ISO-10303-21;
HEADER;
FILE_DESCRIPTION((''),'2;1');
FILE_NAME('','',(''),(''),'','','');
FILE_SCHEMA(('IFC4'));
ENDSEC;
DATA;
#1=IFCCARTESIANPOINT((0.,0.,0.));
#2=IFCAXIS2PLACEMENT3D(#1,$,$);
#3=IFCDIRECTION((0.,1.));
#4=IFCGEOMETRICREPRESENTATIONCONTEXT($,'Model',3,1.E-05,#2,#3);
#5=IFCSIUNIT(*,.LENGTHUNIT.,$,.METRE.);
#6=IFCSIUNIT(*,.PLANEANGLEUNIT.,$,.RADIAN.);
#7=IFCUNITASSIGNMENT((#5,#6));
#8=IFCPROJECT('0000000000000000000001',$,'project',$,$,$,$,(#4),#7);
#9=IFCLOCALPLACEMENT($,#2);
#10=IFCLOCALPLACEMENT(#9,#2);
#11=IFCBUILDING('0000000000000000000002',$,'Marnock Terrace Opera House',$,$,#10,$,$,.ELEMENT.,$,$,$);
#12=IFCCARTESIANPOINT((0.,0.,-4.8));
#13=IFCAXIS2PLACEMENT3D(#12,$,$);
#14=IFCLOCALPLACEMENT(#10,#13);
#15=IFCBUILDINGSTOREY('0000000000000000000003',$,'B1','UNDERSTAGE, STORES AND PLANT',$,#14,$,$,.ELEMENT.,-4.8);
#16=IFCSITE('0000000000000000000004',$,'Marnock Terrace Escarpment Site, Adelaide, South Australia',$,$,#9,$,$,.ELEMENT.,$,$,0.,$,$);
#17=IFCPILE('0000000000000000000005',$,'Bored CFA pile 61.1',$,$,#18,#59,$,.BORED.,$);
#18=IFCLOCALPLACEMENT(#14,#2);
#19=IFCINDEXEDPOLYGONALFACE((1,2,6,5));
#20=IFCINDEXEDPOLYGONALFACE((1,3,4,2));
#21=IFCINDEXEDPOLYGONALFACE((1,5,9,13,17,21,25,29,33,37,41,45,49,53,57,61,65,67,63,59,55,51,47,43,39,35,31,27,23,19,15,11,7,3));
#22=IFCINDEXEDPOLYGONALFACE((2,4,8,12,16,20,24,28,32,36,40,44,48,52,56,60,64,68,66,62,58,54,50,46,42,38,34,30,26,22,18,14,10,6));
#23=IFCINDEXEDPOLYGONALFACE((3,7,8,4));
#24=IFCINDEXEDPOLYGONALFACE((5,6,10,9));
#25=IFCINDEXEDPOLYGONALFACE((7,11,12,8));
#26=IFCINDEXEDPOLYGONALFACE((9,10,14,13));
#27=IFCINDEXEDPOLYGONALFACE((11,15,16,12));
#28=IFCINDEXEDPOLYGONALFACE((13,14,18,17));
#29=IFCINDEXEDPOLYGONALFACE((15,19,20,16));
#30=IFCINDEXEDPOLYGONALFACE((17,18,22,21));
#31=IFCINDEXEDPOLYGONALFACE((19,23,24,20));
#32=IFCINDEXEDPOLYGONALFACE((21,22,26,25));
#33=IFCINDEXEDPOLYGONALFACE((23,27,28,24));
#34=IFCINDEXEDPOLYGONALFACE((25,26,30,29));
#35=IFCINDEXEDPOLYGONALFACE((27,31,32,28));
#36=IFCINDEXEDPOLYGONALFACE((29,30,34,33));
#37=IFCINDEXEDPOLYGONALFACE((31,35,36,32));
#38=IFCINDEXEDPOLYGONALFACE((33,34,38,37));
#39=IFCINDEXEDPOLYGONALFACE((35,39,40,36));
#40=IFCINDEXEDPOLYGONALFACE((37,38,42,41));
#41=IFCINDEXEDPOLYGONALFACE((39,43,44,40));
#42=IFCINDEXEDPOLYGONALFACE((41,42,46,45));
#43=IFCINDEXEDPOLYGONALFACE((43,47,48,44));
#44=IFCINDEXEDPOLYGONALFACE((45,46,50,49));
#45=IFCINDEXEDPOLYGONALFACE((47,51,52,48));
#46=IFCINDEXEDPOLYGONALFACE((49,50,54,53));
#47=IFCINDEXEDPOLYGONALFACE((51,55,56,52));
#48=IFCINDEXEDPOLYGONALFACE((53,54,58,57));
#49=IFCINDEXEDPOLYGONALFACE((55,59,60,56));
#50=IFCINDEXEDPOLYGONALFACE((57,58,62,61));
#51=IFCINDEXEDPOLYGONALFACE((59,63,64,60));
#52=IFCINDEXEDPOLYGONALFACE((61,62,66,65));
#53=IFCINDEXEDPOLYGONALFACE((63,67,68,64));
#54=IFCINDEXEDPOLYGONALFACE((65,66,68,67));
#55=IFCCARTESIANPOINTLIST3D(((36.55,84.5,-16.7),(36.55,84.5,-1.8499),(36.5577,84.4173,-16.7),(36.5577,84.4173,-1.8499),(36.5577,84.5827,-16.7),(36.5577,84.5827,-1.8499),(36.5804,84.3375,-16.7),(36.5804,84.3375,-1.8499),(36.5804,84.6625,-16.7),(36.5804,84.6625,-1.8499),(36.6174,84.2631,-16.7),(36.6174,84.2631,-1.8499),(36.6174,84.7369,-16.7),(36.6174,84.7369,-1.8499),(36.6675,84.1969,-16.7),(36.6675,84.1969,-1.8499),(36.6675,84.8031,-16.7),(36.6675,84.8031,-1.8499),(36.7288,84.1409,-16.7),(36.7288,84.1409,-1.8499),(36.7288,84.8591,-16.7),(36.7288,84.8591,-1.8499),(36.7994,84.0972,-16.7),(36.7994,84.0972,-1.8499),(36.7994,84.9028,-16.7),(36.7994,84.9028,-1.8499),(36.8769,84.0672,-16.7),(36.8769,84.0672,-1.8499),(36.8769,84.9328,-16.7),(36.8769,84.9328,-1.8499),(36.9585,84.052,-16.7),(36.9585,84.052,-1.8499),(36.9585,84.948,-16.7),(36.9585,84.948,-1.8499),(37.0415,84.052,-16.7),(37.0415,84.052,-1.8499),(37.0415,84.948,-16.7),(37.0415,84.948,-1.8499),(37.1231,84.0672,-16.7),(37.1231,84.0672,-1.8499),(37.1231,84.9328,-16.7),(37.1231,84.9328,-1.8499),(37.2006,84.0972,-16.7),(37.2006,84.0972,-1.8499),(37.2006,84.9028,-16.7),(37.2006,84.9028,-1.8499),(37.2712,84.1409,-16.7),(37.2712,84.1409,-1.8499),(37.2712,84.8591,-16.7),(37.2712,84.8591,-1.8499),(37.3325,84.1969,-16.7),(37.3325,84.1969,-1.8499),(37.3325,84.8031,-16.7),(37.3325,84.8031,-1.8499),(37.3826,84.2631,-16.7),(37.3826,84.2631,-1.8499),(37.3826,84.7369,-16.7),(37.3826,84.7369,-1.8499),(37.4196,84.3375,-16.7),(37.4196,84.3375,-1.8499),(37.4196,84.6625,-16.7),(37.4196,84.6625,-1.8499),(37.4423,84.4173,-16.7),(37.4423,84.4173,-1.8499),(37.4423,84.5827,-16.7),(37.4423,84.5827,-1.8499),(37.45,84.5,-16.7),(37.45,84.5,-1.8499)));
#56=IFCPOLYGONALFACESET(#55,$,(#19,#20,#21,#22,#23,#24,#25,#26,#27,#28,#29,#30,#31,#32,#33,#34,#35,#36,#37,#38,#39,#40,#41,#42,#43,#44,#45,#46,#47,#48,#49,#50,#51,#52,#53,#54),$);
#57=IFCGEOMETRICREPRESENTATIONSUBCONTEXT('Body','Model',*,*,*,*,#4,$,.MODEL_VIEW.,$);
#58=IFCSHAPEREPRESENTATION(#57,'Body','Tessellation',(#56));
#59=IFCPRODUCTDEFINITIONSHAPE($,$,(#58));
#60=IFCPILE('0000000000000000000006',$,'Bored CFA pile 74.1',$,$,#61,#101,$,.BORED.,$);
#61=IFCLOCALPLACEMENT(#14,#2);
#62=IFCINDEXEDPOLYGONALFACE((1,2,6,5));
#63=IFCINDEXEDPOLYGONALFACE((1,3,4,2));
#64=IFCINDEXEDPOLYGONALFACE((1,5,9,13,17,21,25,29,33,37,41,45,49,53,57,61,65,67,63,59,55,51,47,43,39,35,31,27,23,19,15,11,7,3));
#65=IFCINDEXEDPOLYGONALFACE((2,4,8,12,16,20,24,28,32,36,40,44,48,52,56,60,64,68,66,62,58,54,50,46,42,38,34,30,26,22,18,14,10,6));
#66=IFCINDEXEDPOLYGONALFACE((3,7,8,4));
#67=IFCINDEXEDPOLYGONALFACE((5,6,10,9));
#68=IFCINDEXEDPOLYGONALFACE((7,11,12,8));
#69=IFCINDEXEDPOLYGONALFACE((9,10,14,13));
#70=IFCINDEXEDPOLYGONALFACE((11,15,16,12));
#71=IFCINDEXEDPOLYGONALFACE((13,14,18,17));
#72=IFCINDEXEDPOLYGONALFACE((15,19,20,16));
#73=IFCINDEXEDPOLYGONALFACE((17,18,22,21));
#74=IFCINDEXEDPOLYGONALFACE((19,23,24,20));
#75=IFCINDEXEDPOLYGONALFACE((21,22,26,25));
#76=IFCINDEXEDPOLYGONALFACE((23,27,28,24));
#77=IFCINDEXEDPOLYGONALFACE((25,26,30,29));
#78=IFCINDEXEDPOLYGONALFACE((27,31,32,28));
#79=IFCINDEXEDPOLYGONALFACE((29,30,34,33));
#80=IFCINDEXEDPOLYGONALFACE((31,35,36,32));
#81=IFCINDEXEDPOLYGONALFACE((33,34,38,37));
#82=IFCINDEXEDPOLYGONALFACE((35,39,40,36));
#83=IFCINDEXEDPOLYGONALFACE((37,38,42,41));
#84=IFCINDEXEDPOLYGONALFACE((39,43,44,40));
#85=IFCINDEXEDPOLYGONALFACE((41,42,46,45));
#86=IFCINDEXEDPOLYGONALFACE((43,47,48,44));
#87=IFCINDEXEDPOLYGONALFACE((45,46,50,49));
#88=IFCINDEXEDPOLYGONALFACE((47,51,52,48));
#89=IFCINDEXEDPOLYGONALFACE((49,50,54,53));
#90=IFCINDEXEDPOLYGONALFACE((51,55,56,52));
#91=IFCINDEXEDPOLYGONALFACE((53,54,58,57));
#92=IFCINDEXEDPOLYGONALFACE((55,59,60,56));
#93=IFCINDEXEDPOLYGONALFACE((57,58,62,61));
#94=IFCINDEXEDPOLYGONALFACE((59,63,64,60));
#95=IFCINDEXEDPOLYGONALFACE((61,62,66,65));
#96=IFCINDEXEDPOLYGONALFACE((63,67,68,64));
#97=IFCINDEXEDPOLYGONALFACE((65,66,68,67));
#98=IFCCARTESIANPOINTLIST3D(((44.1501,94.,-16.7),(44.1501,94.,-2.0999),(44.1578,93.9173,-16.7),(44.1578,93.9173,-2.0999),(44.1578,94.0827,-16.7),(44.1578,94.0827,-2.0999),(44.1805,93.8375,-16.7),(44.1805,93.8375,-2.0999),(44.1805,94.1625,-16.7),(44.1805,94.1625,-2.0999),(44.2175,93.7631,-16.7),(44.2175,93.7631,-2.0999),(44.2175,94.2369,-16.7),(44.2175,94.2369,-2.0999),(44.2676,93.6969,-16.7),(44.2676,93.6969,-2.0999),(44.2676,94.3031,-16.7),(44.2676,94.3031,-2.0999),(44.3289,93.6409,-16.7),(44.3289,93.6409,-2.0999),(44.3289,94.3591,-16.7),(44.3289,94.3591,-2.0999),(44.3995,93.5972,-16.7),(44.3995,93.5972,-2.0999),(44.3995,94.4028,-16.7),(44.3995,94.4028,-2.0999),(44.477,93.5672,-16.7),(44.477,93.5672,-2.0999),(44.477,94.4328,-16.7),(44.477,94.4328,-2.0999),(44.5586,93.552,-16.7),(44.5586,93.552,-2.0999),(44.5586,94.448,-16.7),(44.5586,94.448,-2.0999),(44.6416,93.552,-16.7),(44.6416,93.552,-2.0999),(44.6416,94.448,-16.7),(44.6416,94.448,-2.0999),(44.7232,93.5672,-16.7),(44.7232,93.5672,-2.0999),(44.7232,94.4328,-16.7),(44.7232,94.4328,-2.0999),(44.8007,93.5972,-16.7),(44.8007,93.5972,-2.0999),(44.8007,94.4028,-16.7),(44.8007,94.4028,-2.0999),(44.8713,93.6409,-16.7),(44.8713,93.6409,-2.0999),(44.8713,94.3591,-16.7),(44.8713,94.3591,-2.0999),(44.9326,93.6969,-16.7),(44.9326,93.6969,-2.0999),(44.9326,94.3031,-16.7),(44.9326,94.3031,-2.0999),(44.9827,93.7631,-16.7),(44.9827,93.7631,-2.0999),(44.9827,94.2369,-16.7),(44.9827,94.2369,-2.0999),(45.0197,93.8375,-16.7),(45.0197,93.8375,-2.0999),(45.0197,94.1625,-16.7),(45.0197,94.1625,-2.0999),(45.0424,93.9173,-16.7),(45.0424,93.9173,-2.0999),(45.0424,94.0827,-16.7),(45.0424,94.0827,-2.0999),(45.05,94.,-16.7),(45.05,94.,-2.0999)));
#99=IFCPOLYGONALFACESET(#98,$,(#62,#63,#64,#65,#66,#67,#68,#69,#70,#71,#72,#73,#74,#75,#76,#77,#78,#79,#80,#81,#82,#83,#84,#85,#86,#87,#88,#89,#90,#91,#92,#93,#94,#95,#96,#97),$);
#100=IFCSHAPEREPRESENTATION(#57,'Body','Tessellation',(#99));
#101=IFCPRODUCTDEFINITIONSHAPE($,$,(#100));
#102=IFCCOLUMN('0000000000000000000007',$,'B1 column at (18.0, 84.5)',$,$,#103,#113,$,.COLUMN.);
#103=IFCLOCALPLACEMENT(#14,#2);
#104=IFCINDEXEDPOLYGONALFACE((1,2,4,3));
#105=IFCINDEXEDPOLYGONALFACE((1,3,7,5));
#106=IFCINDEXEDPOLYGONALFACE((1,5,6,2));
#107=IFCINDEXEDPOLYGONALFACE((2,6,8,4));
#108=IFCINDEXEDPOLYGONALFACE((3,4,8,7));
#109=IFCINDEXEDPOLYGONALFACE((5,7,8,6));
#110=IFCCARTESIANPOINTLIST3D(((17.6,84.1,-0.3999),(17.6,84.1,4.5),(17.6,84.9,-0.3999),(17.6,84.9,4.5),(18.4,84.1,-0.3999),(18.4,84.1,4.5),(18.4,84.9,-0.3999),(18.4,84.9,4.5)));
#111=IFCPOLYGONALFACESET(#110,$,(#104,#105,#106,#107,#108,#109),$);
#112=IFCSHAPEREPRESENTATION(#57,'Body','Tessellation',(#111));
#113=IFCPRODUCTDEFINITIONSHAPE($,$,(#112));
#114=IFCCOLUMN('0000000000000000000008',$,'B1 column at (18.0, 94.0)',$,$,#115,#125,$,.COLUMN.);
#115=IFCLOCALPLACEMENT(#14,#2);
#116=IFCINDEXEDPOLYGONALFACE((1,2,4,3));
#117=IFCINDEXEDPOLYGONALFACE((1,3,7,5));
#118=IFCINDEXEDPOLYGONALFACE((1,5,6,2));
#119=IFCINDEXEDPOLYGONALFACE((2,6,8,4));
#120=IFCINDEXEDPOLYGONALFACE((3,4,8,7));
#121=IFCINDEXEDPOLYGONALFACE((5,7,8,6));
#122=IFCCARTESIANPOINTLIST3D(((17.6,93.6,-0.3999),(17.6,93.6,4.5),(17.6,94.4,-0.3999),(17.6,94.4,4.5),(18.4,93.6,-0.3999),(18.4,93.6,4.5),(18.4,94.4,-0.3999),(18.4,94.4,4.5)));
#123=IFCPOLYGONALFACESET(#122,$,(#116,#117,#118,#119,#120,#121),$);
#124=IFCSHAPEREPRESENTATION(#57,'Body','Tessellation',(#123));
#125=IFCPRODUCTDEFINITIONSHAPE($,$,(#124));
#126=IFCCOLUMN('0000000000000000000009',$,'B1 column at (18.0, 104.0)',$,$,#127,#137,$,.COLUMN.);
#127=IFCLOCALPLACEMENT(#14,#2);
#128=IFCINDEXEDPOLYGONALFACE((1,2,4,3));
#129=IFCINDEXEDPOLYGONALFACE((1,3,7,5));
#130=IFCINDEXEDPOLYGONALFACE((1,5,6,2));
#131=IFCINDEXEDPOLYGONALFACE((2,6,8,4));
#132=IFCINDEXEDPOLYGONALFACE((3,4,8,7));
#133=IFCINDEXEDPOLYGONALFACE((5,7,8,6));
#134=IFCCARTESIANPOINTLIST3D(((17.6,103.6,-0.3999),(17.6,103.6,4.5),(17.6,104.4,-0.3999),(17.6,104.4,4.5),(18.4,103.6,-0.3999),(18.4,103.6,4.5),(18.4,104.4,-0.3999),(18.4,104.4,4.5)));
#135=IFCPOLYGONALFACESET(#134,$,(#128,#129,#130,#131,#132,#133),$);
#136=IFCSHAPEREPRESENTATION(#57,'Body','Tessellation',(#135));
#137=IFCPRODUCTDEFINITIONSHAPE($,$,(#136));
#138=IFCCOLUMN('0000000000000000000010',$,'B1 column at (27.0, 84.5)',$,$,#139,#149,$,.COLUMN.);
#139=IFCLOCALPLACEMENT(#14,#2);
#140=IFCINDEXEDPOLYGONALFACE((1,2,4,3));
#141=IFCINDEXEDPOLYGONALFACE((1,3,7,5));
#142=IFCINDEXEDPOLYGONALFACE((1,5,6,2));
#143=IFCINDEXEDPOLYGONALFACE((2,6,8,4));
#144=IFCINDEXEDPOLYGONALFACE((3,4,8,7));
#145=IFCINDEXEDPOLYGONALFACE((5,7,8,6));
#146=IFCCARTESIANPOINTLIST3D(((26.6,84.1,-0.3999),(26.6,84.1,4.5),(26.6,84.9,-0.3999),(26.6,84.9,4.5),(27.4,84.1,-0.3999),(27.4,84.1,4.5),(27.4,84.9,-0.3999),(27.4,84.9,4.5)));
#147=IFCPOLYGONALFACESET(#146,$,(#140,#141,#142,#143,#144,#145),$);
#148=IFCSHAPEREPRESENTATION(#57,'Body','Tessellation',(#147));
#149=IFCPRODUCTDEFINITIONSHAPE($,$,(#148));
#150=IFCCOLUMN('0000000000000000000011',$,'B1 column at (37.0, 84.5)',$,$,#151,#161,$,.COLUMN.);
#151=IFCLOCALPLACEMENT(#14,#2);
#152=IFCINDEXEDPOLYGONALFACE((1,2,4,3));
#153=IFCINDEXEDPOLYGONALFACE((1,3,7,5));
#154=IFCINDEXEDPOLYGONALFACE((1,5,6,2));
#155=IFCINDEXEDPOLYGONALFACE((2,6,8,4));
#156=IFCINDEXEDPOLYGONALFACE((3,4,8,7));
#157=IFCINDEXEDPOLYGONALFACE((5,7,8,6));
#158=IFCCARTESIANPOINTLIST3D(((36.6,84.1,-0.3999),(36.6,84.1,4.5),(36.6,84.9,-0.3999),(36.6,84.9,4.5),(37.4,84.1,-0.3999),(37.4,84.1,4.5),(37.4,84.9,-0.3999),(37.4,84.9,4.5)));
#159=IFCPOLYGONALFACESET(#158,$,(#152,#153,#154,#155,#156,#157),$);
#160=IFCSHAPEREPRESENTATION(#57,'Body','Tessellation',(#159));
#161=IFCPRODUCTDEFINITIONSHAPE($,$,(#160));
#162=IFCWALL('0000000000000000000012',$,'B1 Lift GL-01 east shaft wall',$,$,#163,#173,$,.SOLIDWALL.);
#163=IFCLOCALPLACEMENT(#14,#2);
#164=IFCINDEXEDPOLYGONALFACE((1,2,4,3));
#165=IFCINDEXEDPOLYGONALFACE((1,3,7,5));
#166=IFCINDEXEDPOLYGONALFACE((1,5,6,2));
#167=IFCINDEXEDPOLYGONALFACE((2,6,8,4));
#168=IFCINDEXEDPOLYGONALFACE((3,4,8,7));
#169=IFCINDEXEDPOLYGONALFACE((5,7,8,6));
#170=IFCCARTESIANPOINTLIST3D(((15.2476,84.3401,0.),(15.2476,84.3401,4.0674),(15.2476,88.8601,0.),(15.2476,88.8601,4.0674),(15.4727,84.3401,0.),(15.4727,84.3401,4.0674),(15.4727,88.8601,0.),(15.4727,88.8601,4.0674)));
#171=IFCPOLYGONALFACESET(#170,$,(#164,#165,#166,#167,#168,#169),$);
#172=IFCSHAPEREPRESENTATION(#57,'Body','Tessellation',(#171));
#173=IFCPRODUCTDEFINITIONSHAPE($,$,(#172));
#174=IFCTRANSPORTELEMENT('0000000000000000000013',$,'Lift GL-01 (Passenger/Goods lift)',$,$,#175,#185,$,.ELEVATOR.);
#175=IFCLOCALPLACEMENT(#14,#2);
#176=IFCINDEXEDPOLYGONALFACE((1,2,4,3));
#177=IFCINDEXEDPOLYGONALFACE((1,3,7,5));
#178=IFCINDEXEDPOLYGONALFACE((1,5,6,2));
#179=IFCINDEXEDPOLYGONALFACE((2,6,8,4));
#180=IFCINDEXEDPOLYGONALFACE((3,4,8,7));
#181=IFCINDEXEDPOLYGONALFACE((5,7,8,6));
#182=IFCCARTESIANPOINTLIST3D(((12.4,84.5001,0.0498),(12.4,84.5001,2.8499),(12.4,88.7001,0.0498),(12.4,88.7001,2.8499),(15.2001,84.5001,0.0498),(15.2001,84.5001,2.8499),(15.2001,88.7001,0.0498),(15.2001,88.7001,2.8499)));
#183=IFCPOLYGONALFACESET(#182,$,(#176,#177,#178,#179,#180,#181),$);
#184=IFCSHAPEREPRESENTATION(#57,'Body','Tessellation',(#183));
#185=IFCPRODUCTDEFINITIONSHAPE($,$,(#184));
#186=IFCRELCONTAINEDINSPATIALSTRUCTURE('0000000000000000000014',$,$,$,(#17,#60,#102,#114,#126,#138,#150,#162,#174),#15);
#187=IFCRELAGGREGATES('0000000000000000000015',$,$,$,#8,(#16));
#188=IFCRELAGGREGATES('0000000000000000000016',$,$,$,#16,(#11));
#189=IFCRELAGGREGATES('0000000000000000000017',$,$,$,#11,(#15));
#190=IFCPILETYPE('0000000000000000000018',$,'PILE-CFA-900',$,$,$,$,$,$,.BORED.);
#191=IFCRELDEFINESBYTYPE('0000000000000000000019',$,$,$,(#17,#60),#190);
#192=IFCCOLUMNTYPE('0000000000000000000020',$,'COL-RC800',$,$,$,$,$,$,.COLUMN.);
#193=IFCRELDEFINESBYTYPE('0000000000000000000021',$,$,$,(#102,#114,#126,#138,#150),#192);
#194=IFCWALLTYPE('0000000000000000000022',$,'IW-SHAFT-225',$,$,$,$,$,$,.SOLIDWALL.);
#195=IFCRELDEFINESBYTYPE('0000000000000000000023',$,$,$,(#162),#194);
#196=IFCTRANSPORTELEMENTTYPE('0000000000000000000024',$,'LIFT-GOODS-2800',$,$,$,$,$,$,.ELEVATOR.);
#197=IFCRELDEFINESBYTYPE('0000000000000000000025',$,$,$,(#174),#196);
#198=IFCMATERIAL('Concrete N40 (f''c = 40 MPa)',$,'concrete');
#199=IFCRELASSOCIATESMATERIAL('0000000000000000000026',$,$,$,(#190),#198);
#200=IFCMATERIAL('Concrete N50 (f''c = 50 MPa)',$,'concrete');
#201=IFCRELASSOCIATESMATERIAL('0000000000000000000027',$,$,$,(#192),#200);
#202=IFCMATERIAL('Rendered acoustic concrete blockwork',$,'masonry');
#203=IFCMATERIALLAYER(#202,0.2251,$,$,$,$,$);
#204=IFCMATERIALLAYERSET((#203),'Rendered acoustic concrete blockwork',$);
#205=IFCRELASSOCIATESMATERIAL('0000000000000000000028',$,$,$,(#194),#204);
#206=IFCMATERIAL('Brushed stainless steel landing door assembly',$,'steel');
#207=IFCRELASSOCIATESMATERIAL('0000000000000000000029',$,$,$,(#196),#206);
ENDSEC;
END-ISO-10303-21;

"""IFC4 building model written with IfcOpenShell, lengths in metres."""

from ifc_helpers import new_model, si_unit, direction, frame, frame_2d, origin, origin_2d, place, context, subcontext, project, spatial, rectangle, circle, extrude, material, layer, layer_set, material_profile, profile_set, type_object, element, save


model = new_model("IFC4")

# Units and contexts
model_context = context("Model", 3, precision=1e-05, world=origin(), true_north=direction((0.0, 1.0)))
body_context = subcontext(model_context, "Body", "Model", "MODEL_VIEW")
ifc_project = project(units=[si_unit("LENGTHUNIT", "METRE"), si_unit("PLANEANGLEUNIT", "RADIAN")], contexts=[model_context])

# Site, building, storey
site_placement = place(None, origin())
site = spatial("IfcSite", under=ifc_project, at=site_placement, Name="Marnock Terrace Escarpment Site, Adelaide, South Australia", CompositionType="ELEMENT", RefElevation=0.0)
building_placement = place(site_placement, origin())
building = spatial("IfcBuilding", under=site, at=building_placement, Name="Marnock Terrace Opera House", CompositionType="ELEMENT")
storey_placement = place(building_placement, frame((0.0, 0.0, -4.8)))
storey = spatial("IfcBuildingStorey", under=building, at=storey_placement, Name="B1", Description="UNDERSTAGE, STORES AND PLANT", CompositionType="ELEMENT", Elevation=-4.8)

# Shared definitions
ifc_material_1 = material(Name="Concrete N40 (f'c = 40 MPa)", Category="concrete")

# Piles
ifc_material_profile_1 = material_profile(ifc_material_1, circle(Radius=0.45, at=origin_2d()))
ifc_profile_set_1 = profile_set([ifc_material_profile_1], Name="Concrete N40 (f'c = 40 MPa)")
pile_type = type_object("IfcPileType", Name="PILE-CFA-900", PredefinedType="BORED", material=ifc_profile_set_1)
pile_1_placement = place(storey_placement, frame((37.0, 84.5, -1.8499), z_axis=(0.0, 0.0, -1.0), x_axis=(1.0, 0.0, 0.0)))
element("IfcPile", 1, at=pile_1_placement, inside=storey, type_object=pile_type, Name="Bored CFA pile 61.1", PredefinedType="BORED", context=body_context, shape_type="SweptSolid", body=[
    extrude(circle(Radius=0.45, at=origin_2d()), origin(), (0.0, 0.0, 1.0), 14.8501),
])
pile_2_placement = place(storey_placement, frame((44.6001, 94.0, -2.0999), z_axis=(0.0, 0.0, -1.0), x_axis=(1.0, 0.0, 0.0)))
element("IfcPile", 2, at=pile_2_placement, inside=storey, type_object=pile_type, Name="Bored CFA pile 74.1", PredefinedType="BORED", context=body_context, shape_type="SweptSolid", body=[
    extrude(circle(Radius=0.45, at=origin_2d()), origin(), (0.0, 0.0, 1.0), 14.6001),
])

# Columns
ifc_material_2 = material(Name="Concrete N50 (f'c = 50 MPa)", Category="concrete")
ifc_material_profile_2 = material_profile(ifc_material_2, rectangle(XDim=0.8, YDim=0.8, at=origin_2d()))
ifc_profile_set_2 = profile_set([ifc_material_profile_2], Name="Concrete N50 (f'c = 50 MPa)")
column_type = type_object("IfcColumnType", Name="COL-RC800", PredefinedType="COLUMN", material=ifc_profile_set_2)
for number, where, z_axis, x_axis, name in (
    (3, (18.0, 84.5, -0.3999), (0.0, 0.0, 1.0), (1.0, 0.0, 0.0), "B1 column at (18.0, 84.5)"),
    (4, (18.0, 94.0, -0.3999), (0.0, 0.0, 1.0), (1.0, 0.0, 0.0), "B1 column at (18.0, 94.0)"),
    (5, (18.0, 104.0, -0.3999), (0.0, 0.0, 1.0), (1.0, 0.0, 0.0), "B1 column at (18.0, 104.0)"),
    (6, (27.0, 84.5, -0.3999), (0.0, 0.0, 1.0), (1.0, 0.0, 0.0), "B1 column at (27.0, 84.5)"),
    (7, (37.0, 84.5, -0.3999), (0.0, 0.0, 1.0), (1.0, 0.0, 0.0), "B1 column at (37.0, 84.5)"),
):
    element("IfcColumn", number, at=place(storey_placement, frame(where, z_axis=z_axis, x_axis=x_axis)), inside=storey, type_object=column_type, Name=name, PredefinedType="COLUMN", context=body_context, shape_type="SweptSolid", body=[
        extrude(rectangle(XDim=0.8, YDim=0.8, at=origin_2d()), origin(), (0.0, 0.0, 1.0), 4.8999),
    ])

# Wall
ifc_material_3 = material(Name="Rendered acoustic concrete blockwork", Category="masonry")
ifc_layer_1 = layer(ifc_material_3, 0.2251)
ifc_layer_set_1 = layer_set([ifc_layer_1], Name="Rendered acoustic concrete blockwork")
wall_type = type_object("IfcWallType", Name="IW-SHAFT-225", PredefinedType="SOLIDWALL", material=ifc_layer_set_1)
wall_placement = place(storey_placement, frame((15.3601, 84.3401, 0.0), z_axis=(0.0, 0.0, 1.0), x_axis=(0.0, 1.0, 0.0)))
element("IfcWall", 8, at=wall_placement, inside=storey, type_object=wall_type, Name="B1 Lift GL-01 east shaft wall", PredefinedType="SOLIDWALL", context=body_context, shape_type="SweptSolid", body=[
    extrude(rectangle(XDim=4.52, YDim=0.2251, at=frame_2d((2.26, 0.0))), origin(), (0.0, 0.0, 1.0), 4.0674),
])

# Transport element
ifc_material_4 = material(Name="Brushed stainless steel landing door assembly", Category="steel")
transport_element_type = type_object("IfcTransportElementType", Name="LIFT-GOODS-2800", PredefinedType="ELEVATOR", material=ifc_material_4)
transport_element_placement = place(storey_placement, frame((13.8, 86.6001, 0.0498), z_axis=(0.0, 0.0, 1.0), x_axis=(1.0, 0.0, 0.0)))
element("IfcTransportElement", 9, at=transport_element_placement, inside=storey, type_object=transport_element_type, Name="Lift GL-01 (Passenger/Goods lift)", PredefinedType="ELEVATOR", context=body_context, shape_type="SweptSolid", body=[
    extrude(rectangle(XDim=2.8, YDim=4.2, at=origin_2d()), origin(), (0.0, 0.0, 1.0), 2.8),
])

save(model, "model.ifc")
